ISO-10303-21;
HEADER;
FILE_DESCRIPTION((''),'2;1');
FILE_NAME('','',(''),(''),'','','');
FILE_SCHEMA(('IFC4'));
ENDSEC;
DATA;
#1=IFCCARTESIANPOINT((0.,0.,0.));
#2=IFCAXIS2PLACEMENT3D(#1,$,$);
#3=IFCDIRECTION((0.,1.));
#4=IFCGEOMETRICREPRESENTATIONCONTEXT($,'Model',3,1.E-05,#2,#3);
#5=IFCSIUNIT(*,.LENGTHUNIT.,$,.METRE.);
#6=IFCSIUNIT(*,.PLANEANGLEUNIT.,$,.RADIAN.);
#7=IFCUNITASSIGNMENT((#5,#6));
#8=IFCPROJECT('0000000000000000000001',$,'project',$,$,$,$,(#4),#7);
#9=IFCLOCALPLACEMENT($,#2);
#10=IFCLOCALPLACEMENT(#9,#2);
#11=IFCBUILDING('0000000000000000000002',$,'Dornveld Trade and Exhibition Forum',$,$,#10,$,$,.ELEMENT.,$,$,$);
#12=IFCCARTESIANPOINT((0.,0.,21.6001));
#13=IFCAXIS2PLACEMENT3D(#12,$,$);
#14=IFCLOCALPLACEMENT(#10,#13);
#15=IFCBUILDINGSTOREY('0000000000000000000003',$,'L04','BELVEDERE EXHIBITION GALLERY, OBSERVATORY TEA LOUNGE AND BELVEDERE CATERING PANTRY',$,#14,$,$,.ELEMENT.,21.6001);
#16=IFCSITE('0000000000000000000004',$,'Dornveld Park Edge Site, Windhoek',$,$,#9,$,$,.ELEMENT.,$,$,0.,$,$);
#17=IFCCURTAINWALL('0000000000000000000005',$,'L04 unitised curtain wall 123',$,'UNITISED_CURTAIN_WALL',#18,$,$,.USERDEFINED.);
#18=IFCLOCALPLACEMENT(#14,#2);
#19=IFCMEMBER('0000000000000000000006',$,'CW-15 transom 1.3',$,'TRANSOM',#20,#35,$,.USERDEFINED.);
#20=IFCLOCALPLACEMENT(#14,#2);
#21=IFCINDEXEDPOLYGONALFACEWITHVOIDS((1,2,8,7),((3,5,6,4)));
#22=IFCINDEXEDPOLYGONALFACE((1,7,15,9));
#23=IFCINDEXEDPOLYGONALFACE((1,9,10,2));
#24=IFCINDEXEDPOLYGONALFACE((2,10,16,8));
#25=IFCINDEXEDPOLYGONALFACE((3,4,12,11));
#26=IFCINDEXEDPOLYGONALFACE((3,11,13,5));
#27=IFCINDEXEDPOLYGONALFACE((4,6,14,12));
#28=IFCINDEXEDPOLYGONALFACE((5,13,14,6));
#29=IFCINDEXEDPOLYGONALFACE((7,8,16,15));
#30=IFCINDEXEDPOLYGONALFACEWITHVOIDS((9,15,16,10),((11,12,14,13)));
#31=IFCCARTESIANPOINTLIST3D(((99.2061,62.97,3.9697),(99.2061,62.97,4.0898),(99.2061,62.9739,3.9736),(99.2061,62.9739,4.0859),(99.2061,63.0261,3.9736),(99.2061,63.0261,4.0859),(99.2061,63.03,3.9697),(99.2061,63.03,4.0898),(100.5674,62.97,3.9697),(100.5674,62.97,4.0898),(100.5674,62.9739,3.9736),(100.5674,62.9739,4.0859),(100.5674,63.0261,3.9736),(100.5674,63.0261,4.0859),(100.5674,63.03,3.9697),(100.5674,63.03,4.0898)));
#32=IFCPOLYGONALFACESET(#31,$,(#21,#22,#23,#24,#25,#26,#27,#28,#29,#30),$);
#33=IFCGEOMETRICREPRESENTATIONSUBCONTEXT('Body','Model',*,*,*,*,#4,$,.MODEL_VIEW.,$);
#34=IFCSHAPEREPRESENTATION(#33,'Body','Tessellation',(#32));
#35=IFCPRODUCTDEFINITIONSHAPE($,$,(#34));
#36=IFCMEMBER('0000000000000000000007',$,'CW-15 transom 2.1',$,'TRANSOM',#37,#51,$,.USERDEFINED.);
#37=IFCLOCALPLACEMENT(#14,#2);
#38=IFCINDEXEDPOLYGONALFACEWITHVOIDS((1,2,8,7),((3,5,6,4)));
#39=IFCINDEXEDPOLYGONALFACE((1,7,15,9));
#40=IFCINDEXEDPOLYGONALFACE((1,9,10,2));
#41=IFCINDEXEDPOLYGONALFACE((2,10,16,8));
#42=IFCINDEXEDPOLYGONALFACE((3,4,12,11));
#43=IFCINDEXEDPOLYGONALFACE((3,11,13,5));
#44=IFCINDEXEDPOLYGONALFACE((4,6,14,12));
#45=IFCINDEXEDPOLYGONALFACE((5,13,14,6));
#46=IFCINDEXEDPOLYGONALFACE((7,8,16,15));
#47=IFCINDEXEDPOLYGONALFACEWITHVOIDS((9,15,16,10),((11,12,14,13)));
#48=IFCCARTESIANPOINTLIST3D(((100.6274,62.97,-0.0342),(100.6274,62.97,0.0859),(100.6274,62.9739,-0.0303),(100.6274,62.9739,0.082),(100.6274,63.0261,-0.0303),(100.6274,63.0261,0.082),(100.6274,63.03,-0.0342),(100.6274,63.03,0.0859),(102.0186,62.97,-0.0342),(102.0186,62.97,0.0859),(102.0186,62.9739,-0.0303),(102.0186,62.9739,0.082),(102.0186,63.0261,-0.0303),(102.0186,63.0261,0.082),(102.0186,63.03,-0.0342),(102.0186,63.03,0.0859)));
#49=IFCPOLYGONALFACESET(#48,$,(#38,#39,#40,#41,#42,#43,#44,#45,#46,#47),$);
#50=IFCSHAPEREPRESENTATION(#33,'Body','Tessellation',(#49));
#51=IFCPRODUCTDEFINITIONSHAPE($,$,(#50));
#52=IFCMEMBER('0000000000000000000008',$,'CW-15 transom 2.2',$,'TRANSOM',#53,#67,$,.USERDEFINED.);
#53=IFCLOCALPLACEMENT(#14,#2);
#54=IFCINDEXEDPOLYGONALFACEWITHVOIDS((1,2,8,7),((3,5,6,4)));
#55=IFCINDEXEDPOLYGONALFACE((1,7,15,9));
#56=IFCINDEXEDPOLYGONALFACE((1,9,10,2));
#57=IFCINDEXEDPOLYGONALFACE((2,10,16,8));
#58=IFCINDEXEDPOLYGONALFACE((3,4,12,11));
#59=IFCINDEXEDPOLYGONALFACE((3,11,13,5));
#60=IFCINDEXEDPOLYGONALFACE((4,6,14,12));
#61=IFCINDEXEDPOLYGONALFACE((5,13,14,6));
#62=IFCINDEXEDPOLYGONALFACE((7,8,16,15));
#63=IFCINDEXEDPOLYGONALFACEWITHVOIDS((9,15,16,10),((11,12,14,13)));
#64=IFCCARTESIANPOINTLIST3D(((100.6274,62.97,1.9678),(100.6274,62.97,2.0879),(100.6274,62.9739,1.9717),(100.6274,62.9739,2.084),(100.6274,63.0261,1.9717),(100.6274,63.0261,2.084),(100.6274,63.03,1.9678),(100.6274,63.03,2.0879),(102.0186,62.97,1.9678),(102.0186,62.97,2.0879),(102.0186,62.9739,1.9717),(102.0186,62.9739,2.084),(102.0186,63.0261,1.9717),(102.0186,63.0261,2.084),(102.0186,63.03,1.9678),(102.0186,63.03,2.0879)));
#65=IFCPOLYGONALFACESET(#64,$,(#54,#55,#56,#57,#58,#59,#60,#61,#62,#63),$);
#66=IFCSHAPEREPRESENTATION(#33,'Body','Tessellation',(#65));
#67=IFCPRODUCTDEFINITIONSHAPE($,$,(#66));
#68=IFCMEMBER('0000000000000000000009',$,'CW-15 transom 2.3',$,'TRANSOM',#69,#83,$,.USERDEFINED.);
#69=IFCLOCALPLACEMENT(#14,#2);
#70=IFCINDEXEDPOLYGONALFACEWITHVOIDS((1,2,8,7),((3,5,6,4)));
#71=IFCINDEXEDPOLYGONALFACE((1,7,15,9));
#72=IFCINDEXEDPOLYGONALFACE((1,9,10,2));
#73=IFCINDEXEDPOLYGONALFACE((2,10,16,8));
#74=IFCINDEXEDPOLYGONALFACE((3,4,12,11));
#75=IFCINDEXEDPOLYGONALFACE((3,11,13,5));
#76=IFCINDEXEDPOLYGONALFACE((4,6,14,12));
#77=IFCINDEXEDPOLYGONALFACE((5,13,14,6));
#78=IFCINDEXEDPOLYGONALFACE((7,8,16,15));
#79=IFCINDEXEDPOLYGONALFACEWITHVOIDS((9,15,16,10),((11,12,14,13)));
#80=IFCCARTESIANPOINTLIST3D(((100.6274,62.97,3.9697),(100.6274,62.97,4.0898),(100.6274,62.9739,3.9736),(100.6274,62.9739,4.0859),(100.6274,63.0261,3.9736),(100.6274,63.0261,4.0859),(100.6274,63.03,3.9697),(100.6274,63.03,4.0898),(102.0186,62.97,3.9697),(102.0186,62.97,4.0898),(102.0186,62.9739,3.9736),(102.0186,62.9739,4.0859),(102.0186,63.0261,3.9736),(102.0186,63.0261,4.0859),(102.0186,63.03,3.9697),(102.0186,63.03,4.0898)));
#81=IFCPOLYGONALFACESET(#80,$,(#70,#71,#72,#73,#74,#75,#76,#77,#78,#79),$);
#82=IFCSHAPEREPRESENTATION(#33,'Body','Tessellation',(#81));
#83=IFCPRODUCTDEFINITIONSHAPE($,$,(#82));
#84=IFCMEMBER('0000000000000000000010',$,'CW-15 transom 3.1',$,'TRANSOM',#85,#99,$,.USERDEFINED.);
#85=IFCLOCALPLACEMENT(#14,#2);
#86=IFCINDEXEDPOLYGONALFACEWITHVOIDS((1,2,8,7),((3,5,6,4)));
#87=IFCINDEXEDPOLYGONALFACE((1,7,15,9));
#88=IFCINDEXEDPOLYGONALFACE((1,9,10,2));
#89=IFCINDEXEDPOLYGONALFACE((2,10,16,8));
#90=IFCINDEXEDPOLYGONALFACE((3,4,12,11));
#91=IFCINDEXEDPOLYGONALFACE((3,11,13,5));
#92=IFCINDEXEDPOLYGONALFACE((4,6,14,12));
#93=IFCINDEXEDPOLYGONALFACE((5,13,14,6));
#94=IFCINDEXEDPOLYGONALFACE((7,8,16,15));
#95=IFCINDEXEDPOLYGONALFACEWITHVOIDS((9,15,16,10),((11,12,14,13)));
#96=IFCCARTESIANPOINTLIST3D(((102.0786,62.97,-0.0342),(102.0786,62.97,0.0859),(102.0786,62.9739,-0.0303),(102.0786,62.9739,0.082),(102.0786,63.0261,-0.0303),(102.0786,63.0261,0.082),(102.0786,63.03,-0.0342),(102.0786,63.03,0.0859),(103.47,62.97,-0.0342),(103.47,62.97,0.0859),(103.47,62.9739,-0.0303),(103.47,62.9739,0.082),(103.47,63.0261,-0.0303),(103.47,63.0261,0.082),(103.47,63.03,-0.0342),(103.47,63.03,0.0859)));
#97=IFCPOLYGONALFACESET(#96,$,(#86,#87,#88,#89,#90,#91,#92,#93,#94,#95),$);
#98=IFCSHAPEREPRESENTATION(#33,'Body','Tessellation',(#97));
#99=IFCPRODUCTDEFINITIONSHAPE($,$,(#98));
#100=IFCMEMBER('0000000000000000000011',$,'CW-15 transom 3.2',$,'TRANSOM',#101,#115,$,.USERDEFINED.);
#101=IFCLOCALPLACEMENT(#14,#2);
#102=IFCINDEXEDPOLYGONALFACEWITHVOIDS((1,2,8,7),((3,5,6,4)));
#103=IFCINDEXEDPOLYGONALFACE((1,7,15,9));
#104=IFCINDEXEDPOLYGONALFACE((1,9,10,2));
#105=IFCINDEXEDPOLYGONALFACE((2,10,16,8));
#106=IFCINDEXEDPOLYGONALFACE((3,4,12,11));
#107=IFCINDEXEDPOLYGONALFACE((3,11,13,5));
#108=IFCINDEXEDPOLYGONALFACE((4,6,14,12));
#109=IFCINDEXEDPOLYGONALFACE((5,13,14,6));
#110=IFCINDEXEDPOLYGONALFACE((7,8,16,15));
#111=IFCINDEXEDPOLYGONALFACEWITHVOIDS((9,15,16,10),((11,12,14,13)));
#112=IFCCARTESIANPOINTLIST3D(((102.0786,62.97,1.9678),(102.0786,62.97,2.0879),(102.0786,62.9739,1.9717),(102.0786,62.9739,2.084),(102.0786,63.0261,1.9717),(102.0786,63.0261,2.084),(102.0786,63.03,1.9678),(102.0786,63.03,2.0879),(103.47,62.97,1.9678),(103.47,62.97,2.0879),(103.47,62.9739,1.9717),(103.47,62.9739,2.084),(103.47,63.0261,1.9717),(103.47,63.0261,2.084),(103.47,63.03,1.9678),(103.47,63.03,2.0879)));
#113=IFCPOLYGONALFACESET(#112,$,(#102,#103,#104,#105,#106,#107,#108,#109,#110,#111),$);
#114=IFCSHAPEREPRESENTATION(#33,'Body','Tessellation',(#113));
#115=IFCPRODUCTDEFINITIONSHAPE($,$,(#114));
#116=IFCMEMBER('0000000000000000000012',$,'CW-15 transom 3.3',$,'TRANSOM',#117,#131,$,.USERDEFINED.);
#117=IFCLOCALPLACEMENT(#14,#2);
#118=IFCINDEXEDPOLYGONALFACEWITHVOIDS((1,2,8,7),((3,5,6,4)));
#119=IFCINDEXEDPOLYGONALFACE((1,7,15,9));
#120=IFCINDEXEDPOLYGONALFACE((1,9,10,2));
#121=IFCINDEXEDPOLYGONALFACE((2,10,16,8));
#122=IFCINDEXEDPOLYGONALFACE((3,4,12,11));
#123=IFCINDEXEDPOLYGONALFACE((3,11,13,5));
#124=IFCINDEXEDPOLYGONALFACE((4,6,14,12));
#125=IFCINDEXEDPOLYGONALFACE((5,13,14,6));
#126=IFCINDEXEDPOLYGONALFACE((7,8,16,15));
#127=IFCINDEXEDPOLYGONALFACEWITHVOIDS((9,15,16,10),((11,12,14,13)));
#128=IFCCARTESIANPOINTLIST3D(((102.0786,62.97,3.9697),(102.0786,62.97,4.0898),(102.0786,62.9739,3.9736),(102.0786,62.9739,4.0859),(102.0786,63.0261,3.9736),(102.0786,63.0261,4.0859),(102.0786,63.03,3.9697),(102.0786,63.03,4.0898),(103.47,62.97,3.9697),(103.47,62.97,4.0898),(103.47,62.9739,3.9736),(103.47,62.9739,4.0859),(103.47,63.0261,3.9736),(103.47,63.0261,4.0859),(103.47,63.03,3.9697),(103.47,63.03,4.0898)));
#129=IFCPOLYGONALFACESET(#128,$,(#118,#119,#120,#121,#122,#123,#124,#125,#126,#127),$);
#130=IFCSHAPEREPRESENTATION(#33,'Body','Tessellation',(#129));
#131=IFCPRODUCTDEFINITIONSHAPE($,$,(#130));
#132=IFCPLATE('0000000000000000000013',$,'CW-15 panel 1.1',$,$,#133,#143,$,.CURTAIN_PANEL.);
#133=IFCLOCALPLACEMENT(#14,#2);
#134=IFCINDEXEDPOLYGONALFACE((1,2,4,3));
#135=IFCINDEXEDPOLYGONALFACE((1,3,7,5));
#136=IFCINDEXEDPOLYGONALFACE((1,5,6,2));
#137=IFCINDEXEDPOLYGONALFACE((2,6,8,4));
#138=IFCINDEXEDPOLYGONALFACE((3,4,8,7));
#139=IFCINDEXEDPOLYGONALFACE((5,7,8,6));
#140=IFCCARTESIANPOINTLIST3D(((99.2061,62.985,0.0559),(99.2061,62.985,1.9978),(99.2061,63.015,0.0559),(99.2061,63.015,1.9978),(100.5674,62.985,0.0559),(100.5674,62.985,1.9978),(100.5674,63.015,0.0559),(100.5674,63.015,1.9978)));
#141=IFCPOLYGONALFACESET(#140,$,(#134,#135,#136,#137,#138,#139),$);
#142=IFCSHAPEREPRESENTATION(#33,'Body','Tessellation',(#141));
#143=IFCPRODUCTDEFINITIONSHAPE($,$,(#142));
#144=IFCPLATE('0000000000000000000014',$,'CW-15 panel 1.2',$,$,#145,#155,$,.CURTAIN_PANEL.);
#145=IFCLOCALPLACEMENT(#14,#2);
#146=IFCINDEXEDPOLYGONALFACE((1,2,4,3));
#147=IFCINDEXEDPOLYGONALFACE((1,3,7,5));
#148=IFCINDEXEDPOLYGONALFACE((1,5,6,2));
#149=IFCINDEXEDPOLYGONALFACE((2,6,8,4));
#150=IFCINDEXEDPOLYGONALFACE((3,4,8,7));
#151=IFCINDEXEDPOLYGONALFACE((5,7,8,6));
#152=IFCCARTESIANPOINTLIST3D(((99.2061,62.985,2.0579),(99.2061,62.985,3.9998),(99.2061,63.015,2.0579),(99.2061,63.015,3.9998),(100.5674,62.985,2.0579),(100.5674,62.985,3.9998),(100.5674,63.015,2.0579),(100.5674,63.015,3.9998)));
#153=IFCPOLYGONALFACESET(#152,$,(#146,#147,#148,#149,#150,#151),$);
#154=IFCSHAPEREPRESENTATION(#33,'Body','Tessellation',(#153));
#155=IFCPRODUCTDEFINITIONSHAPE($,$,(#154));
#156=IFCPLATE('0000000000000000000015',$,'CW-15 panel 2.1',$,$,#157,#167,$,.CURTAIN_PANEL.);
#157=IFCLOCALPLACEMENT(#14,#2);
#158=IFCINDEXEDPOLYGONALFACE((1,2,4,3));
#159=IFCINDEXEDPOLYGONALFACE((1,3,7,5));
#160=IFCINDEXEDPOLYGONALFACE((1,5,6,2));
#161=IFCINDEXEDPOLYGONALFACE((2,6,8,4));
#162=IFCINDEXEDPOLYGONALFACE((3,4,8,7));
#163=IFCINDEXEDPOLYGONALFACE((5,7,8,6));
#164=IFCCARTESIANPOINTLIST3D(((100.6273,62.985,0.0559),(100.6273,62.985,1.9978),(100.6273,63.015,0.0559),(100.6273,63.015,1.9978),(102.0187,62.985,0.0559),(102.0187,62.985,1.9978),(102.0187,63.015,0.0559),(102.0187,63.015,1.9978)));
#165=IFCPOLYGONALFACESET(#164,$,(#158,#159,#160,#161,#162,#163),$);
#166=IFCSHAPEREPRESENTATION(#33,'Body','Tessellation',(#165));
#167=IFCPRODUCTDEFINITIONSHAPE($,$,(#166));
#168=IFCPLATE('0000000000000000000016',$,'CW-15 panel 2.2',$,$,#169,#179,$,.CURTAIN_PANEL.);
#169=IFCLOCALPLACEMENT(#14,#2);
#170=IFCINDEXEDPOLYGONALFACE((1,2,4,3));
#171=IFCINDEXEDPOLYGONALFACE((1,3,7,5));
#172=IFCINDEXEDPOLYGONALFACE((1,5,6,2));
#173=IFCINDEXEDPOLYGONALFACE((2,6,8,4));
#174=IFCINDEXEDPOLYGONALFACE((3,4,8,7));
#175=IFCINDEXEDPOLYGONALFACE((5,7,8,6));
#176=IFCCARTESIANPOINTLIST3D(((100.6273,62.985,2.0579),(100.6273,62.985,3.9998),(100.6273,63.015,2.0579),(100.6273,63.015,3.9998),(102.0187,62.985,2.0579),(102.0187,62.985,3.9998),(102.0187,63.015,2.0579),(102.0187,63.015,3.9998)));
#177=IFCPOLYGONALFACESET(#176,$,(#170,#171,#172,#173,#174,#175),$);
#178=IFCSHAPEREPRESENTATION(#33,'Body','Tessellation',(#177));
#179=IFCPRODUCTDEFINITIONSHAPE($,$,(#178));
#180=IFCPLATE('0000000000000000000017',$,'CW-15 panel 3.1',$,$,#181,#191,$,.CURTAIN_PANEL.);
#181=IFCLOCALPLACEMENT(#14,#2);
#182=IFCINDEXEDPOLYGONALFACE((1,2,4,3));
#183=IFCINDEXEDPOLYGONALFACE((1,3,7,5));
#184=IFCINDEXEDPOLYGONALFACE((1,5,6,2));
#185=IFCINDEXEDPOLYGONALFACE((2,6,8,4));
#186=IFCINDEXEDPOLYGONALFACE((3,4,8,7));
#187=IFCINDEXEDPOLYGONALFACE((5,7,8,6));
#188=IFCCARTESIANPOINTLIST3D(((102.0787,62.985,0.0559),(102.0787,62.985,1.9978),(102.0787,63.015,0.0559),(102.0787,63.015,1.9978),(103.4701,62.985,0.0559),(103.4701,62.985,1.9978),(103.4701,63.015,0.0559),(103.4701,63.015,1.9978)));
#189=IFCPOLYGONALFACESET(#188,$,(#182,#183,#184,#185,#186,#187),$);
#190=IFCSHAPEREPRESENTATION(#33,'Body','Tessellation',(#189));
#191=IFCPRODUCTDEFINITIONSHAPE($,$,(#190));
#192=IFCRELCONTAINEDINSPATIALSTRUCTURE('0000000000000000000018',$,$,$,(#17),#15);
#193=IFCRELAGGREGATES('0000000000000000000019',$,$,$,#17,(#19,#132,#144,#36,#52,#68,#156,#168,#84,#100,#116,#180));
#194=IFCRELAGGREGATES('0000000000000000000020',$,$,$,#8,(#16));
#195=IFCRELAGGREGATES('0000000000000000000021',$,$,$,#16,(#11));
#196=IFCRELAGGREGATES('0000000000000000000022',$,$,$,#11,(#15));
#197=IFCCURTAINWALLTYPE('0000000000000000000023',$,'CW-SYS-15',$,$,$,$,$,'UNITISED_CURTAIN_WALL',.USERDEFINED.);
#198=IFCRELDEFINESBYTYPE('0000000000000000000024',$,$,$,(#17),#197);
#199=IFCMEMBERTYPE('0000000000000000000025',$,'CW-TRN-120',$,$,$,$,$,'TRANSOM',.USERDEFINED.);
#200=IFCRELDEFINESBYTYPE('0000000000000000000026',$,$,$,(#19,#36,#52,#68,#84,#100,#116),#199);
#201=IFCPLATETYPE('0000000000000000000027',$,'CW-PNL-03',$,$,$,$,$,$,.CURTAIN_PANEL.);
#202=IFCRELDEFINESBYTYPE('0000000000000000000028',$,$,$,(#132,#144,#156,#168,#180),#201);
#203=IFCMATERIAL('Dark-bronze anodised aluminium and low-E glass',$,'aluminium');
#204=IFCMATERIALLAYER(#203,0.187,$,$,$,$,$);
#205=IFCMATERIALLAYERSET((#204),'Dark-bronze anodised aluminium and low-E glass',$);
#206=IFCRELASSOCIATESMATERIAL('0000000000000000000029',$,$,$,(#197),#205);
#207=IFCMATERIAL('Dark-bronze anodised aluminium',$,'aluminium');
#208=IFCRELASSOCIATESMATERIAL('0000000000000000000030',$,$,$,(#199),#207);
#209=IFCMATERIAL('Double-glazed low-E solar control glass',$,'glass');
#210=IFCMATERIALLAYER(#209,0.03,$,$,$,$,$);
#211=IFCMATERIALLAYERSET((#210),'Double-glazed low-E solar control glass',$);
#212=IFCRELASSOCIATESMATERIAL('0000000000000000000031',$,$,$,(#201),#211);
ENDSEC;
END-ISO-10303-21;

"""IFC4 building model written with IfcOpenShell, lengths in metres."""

from ifc_helpers import new_model, si_unit, direction, frame, origin, origin_2d, place, context, subcontext, project, spatial, rectangle, hollow_rectangle, extrude, material, layer, layer_set, material_profile, profile_set, type_object, element, aggregate, save


model = new_model("IFC4")

# Units and contexts
model_context = context("Model", 3, precision=1e-05, world=origin(), true_north=direction((0.0, 1.0)))
body_context = subcontext(model_context, "Body", "Model", "MODEL_VIEW")
ifc_project = project(units=[si_unit("LENGTHUNIT", "METRE"), si_unit("PLANEANGLEUNIT", "RADIAN")], contexts=[model_context])

# Site, building, storey
site_placement = place(None, origin())
site = spatial("IfcSite", under=ifc_project, at=site_placement, Name="Dornveld Park Edge Site, Windhoek", CompositionType="ELEMENT", RefElevation=0.0)
building_placement = place(site_placement, origin())
building = spatial("IfcBuilding", under=site, at=building_placement, Name="Dornveld Trade and Exhibition Forum", CompositionType="ELEMENT")
storey_placement = place(building_placement, frame((0.0, 0.0, 21.6001)))
storey = spatial("IfcBuildingStorey", under=building, at=storey_placement, Name="L04", Description="BELVEDERE EXHIBITION GALLERY, OBSERVATORY TEA LOUNGE AND BELVEDERE CATERING PANTRY", CompositionType="ELEMENT", Elevation=21.6001)

# Curtain wall, members, plates
ifc_material_1 = material(Name="Dark-bronze anodised aluminium and low-E glass", Category="aluminium")
ifc_layer_1 = layer(ifc_material_1, 0.187)
ifc_layer_set_1 = layer_set([ifc_layer_1], Name="Dark-bronze anodised aluminium and low-E glass")
curtain_wall_type = type_object("IfcCurtainWallType", Name="CW-SYS-15", ElementType="UNITISED_CURTAIN_WALL", PredefinedType="USERDEFINED", material=ifc_layer_set_1)
curtain_wall_placement = place(storey_placement, origin())
curtain_wall = element("IfcCurtainWall", 1, at=curtain_wall_placement, inside=storey, type_object=curtain_wall_type, Name="L04 unitised curtain wall 123", ObjectType="UNITISED_CURTAIN_WALL", PredefinedType="USERDEFINED")
ifc_material_2 = material(Name="Dark-bronze anodised aluminium", Category="aluminium")
ifc_material_profile_1 = material_profile(ifc_material_2, hollow_rectangle(XDim=0.0601, YDim=0.1201, WallThickness=0.0039, at=origin_2d()), Name="RHS 120x60x4")
ifc_profile_set_1 = profile_set([ifc_material_profile_1], Name="Dark-bronze anodised aluminium")
member_type_1 = type_object("IfcMemberType", Name="CW-TRN-120", ElementType="TRANSOM", PredefinedType="USERDEFINED", material=ifc_profile_set_1)
member_1_placement = place(storey_placement, frame((99.2061, 63.0, 4.0298), z_axis=(1.0, 0.0, 0.0), x_axis=(0.0, 1.0, 0.0)))
member_1 = element("IfcMember", 2, at=member_1_placement, type_object=member_type_1, Name="CW-15 transom 1.3", ObjectType="TRANSOM", PredefinedType="USERDEFINED", context=body_context, shape_type="SweptSolid", body=[
    extrude(hollow_rectangle(XDim=0.0601, YDim=0.1201, WallThickness=0.0039, at=origin_2d()), origin(), (0.0, 0.0, 1.0), 1.3613),
])
member_2_placement = place(storey_placement, frame((100.6274, 63.0, 0.0259), z_axis=(1.0, 0.0, 0.0), x_axis=(0.0, 1.0, 0.0)))
member_2 = element("IfcMember", 3, at=member_2_placement, type_object=member_type_1, Name="CW-15 transom 2.1", ObjectType="TRANSOM", PredefinedType="USERDEFINED", context=body_context, shape_type="SweptSolid", body=[
    extrude(hollow_rectangle(XDim=0.0601, YDim=0.1201, WallThickness=0.0039, at=origin_2d()), origin(), (0.0, 0.0, 1.0), 1.3911),
])
member_3_placement = place(storey_placement, frame((100.6274, 63.0, 2.0278), z_axis=(1.0, 0.0, 0.0), x_axis=(0.0, 1.0, 0.0)))
member_3 = element("IfcMember", 4, at=member_3_placement, type_object=member_type_1, Name="CW-15 transom 2.2", ObjectType="TRANSOM", PredefinedType="USERDEFINED", context=body_context, shape_type="SweptSolid", body=[
    extrude(hollow_rectangle(XDim=0.0601, YDim=0.1201, WallThickness=0.0039, at=origin_2d()), origin(), (0.0, 0.0, 1.0), 1.3911),
])
member_4_placement = place(storey_placement, frame((100.6274, 63.0, 4.0298), z_axis=(1.0, 0.0, 0.0), x_axis=(0.0, 1.0, 0.0)))
member_4 = element("IfcMember", 5, at=member_4_placement, type_object=member_type_1, Name="CW-15 transom 2.3", ObjectType="TRANSOM", PredefinedType="USERDEFINED", context=body_context, shape_type="SweptSolid", body=[
    extrude(hollow_rectangle(XDim=0.0601, YDim=0.1201, WallThickness=0.0039, at=origin_2d()), origin(), (0.0, 0.0, 1.0), 1.3911),
])
member_5_placement = place(storey_placement, frame((102.0786, 63.0, 0.0259), z_axis=(1.0, 0.0, 0.0), x_axis=(0.0, 1.0, 0.0)))
member_5 = element("IfcMember", 6, at=member_5_placement, type_object=member_type_1, Name="CW-15 transom 3.1", ObjectType="TRANSOM", PredefinedType="USERDEFINED", context=body_context, shape_type="SweptSolid", body=[
    extrude(hollow_rectangle(XDim=0.0601, YDim=0.1201, WallThickness=0.0039, at=origin_2d()), origin(), (0.0, 0.0, 1.0), 1.3914),
])
member_6_placement = place(storey_placement, frame((102.0786, 63.0, 2.0278), z_axis=(1.0, 0.0, 0.0), x_axis=(0.0, 1.0, 0.0)))
member_6 = element("IfcMember", 7, at=member_6_placement, type_object=member_type_1, Name="CW-15 transom 3.2", ObjectType="TRANSOM", PredefinedType="USERDEFINED", context=body_context, shape_type="SweptSolid", body=[
    extrude(hollow_rectangle(XDim=0.0601, YDim=0.1201, WallThickness=0.0039, at=origin_2d()), origin(), (0.0, 0.0, 1.0), 1.3914),
])
member_7_placement = place(storey_placement, frame((102.0786, 63.0, 4.0298), z_axis=(1.0, 0.0, 0.0), x_axis=(0.0, 1.0, 0.0)))
member_7 = element("IfcMember", 8, at=member_7_placement, type_object=member_type_1, Name="CW-15 transom 3.3", ObjectType="TRANSOM", PredefinedType="USERDEFINED", context=body_context, shape_type="SweptSolid", body=[
    extrude(hollow_rectangle(XDim=0.0601, YDim=0.1201, WallThickness=0.0039, at=origin_2d()), origin(), (0.0, 0.0, 1.0), 1.3914),
])
ifc_material_3 = material(Name="Double-glazed low-E solar control glass", Category="glass")
ifc_layer_2 = layer(ifc_material_3, 0.03)
ifc_layer_set_2 = layer_set([ifc_layer_2], Name="Double-glazed low-E solar control glass")
plate_type = type_object("IfcPlateType", Name="CW-PNL-03", PredefinedType="CURTAIN_PANEL", material=ifc_layer_set_2)
plate_1_placement = place(storey_placement, frame((99.8867, 63.0, 0.0559), z_axis=(0.0, 0.0, 1.0), x_axis=(1.0, 0.0, 0.0)))
plate_1 = element("IfcPlate", 9, at=plate_1_placement, type_object=plate_type, Name="CW-15 panel 1.1", PredefinedType="CURTAIN_PANEL", context=body_context, shape_type="SweptSolid", body=[
    extrude(rectangle(XDim=1.3613, YDim=0.03, at=origin_2d()), origin(), (0.0, 0.0, 1.0), 1.9419),
])
plate_2_placement = place(storey_placement, frame((99.8867, 63.0, 2.0579), z_axis=(0.0, 0.0, 1.0), x_axis=(1.0, 0.0, 0.0)))
plate_2 = element("IfcPlate", 10, at=plate_2_placement, type_object=plate_type, Name="CW-15 panel 1.2", PredefinedType="CURTAIN_PANEL", context=body_context, shape_type="SweptSolid", body=[
    extrude(rectangle(XDim=1.3613, YDim=0.03, at=origin_2d()), origin(), (0.0, 0.0, 1.0), 1.9419),
])
plate_3_placement = place(storey_placement, frame((101.323, 63.0, 0.0559), z_axis=(0.0, 0.0, 1.0), x_axis=(1.0, 0.0, 0.0)))
plate_3 = element("IfcPlate", 11, at=plate_3_placement, type_object=plate_type, Name="CW-15 panel 2.1", PredefinedType="CURTAIN_PANEL", context=body_context, shape_type="SweptSolid", body=[
    extrude(rectangle(XDim=1.3914, YDim=0.03, at=origin_2d()), origin(), (0.0, 0.0, 1.0), 1.9419),
])
plate_4_placement = place(storey_placement, frame((101.323, 63.0, 2.0579), z_axis=(0.0, 0.0, 1.0), x_axis=(1.0, 0.0, 0.0)))
plate_4 = element("IfcPlate", 12, at=plate_4_placement, type_object=plate_type, Name="CW-15 panel 2.2", PredefinedType="CURTAIN_PANEL", context=body_context, shape_type="SweptSolid", body=[
    extrude(rectangle(XDim=1.3914, YDim=0.03, at=origin_2d()), origin(), (0.0, 0.0, 1.0), 1.9419),
])
plate_5_placement = place(storey_placement, frame((102.7744, 63.0, 0.0559), z_axis=(0.0, 0.0, 1.0), x_axis=(1.0, 0.0, 0.0)))
plate_5 = element("IfcPlate", 13, at=plate_5_placement, type_object=plate_type, Name="CW-15 panel 3.1", PredefinedType="CURTAIN_PANEL", context=body_context, shape_type="SweptSolid", body=[
    extrude(rectangle(XDim=1.3914, YDim=0.03, at=origin_2d()), origin(), (0.0, 0.0, 1.0), 1.9419),
])
aggregate(curtain_wall, [member_1, plate_1, plate_2, member_2, member_3, member_4, plate_3, plate_4, member_5, member_6, member_7, plate_5])

save(model, "model.ifc")
